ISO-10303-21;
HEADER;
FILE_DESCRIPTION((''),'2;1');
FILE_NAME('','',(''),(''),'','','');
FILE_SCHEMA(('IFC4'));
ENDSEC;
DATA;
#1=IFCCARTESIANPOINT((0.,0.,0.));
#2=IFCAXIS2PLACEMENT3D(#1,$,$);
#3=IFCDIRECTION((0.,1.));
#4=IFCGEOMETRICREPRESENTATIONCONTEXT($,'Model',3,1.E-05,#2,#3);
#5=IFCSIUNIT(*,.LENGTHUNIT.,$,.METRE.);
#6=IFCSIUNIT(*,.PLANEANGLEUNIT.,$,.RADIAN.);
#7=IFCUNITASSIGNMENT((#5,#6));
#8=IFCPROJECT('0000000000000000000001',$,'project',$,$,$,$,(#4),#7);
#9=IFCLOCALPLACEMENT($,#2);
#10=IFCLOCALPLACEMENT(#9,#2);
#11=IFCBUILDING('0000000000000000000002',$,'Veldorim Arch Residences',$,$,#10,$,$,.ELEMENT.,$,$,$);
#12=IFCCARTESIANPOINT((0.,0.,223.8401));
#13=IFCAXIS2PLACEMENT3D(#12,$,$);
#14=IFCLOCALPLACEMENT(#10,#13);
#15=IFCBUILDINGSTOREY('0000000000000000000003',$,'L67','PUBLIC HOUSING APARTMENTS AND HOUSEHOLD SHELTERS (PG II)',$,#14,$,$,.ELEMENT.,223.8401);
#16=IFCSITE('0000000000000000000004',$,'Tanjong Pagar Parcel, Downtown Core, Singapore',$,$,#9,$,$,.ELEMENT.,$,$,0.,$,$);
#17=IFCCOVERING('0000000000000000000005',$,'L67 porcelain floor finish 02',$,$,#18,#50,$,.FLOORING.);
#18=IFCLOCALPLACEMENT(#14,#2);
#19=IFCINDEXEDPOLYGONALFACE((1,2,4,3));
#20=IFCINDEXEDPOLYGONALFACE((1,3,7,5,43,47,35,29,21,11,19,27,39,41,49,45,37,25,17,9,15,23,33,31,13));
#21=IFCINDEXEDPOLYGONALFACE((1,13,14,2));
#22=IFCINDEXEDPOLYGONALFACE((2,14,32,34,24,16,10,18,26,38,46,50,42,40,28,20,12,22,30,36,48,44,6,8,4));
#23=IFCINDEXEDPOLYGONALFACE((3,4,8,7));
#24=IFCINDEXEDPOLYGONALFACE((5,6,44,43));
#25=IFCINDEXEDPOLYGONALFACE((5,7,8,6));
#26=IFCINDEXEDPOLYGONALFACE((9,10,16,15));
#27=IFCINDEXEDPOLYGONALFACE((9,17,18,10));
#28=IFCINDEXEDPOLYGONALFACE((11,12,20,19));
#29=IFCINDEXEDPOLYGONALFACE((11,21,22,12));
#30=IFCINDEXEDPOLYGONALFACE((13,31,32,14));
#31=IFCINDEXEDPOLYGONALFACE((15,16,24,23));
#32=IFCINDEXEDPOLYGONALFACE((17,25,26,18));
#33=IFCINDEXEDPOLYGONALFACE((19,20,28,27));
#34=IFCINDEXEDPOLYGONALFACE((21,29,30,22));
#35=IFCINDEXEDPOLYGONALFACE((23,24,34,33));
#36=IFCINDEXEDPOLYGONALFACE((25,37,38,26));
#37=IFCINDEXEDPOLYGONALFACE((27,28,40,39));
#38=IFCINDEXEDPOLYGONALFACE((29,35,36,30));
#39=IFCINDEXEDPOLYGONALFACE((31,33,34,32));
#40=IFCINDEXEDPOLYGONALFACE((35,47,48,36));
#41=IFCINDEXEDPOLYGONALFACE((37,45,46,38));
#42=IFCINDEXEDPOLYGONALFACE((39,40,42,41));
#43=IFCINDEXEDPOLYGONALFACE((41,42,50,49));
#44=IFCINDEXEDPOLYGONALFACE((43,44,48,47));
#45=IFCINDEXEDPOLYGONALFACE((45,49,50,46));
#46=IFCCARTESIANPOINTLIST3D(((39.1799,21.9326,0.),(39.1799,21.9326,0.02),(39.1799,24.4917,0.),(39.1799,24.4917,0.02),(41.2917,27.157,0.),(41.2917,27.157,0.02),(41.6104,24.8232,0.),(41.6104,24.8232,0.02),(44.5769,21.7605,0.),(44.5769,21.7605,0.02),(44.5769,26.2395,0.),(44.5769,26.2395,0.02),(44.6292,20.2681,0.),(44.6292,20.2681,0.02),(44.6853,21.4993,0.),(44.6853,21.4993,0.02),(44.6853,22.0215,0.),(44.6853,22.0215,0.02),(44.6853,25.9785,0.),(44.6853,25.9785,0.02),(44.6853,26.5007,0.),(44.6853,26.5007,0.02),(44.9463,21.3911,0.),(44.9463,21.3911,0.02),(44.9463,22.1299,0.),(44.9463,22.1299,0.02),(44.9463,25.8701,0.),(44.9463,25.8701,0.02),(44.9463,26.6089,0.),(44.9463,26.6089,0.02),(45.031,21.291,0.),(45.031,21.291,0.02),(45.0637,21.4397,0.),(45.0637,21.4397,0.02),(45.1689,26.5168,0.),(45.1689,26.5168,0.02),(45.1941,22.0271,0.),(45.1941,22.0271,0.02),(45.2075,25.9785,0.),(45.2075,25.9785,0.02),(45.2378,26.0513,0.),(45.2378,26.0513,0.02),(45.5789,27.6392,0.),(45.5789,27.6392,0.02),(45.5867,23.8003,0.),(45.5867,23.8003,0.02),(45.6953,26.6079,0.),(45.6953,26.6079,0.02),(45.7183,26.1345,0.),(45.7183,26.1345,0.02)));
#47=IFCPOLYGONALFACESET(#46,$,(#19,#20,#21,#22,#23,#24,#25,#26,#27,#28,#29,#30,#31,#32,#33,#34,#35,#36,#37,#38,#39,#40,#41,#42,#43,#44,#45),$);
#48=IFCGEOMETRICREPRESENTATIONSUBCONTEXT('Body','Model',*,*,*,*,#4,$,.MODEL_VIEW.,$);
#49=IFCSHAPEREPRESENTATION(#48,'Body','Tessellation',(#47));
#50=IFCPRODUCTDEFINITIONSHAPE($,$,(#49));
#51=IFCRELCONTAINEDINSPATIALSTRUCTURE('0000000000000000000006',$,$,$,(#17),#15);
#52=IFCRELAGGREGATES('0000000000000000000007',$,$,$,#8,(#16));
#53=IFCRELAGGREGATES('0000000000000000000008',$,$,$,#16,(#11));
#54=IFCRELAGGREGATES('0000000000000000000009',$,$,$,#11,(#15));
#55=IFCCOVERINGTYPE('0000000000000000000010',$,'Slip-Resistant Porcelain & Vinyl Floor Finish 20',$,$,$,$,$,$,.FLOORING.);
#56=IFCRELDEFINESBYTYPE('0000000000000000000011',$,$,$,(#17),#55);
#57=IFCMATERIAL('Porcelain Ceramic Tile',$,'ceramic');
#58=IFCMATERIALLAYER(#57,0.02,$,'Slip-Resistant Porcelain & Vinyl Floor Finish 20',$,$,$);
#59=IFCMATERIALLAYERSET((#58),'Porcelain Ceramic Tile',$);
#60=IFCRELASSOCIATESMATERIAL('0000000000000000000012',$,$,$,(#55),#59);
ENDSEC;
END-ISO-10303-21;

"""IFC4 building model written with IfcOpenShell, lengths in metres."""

from ifc_helpers import new_model, si_unit, direction, frame, origin, place, context, subcontext, project, spatial, polyline, outline, extrude, material, layer, layer_set, type_object, element, save


model = new_model("IFC4")

# Units and contexts
model_context = context("Model", 3, precision=1e-05, world=origin(), true_north=direction((0.0, 1.0)))
body_context = subcontext(model_context, "Body", "Model", "MODEL_VIEW")
ifc_project = project(units=[si_unit("LENGTHUNIT", "METRE"), si_unit("PLANEANGLEUNIT", "RADIAN")], contexts=[model_context])

# Site, building, storey
site_placement = place(None, origin())
site = spatial("IfcSite", under=ifc_project, at=site_placement, Name="Tanjong Pagar Parcel, Downtown Core, Singapore", CompositionType="ELEMENT", RefElevation=0.0)
building_placement = place(site_placement, origin())
building = spatial("IfcBuilding", under=site, at=building_placement, Name="Veldorim Arch Residences", CompositionType="ELEMENT")
storey_placement = place(building_placement, frame((0.0, 0.0, 223.8401)))
storey = spatial("IfcBuildingStorey", under=building, at=storey_placement, Name="L67", Description="PUBLIC HOUSING APARTMENTS AND HOUSEHOLD SHELTERS (PG II)", CompositionType="ELEMENT", Elevation=223.8401)

# Covering
ifc_material_1 = material(Name="Porcelain Ceramic Tile", Category="ceramic")
ifc_layer_1 = layer(ifc_material_1, 0.02, Name="Slip-Resistant Porcelain & Vinyl Floor Finish 20")
ifc_layer_set_1 = layer_set([ifc_layer_1], Name="Porcelain Ceramic Tile")
covering_type_1 = type_object("IfcCoveringType", Name="Slip-Resistant Porcelain & Vinyl Floor Finish 20", PredefinedType="FLOORING", material=ifc_layer_set_1)
covering_1_placement = place(storey_placement, origin())
element("IfcCovering", 1, at=covering_1_placement, inside=storey, type_object=covering_type_1, Name="L67 porcelain floor finish 02", PredefinedType="FLOORING", context=body_context, shape_type="SweptSolid", body=[
    extrude(outline(polyline([(45.031, 21.291), (44.6292, 20.2681), (39.1799, 21.9326), (39.1799, 24.4917), (41.6104, 24.8232), (41.2917, 27.157), (45.5789, 27.6392), (45.6953, 26.6079), (45.1689, 26.5168), (44.9463, 26.6089), (44.6853, 26.5007), (44.5769, 26.2395), (44.6853, 25.9785), (44.9463, 25.8701), (45.2075, 25.9785), (45.2378, 26.0513), (45.7183, 26.1345), (45.5867, 23.8003), (45.1941, 22.0271), (44.9463, 22.1299), (44.6853, 22.0215), (44.5769, 21.7605), (44.6853, 21.4993), (44.9463, 21.3911), (45.0637, 21.4397), (45.031, 21.291)])), origin(), (0.0, 0.0, 1.0), 0.02),
])

save(model, "model.ifc")
